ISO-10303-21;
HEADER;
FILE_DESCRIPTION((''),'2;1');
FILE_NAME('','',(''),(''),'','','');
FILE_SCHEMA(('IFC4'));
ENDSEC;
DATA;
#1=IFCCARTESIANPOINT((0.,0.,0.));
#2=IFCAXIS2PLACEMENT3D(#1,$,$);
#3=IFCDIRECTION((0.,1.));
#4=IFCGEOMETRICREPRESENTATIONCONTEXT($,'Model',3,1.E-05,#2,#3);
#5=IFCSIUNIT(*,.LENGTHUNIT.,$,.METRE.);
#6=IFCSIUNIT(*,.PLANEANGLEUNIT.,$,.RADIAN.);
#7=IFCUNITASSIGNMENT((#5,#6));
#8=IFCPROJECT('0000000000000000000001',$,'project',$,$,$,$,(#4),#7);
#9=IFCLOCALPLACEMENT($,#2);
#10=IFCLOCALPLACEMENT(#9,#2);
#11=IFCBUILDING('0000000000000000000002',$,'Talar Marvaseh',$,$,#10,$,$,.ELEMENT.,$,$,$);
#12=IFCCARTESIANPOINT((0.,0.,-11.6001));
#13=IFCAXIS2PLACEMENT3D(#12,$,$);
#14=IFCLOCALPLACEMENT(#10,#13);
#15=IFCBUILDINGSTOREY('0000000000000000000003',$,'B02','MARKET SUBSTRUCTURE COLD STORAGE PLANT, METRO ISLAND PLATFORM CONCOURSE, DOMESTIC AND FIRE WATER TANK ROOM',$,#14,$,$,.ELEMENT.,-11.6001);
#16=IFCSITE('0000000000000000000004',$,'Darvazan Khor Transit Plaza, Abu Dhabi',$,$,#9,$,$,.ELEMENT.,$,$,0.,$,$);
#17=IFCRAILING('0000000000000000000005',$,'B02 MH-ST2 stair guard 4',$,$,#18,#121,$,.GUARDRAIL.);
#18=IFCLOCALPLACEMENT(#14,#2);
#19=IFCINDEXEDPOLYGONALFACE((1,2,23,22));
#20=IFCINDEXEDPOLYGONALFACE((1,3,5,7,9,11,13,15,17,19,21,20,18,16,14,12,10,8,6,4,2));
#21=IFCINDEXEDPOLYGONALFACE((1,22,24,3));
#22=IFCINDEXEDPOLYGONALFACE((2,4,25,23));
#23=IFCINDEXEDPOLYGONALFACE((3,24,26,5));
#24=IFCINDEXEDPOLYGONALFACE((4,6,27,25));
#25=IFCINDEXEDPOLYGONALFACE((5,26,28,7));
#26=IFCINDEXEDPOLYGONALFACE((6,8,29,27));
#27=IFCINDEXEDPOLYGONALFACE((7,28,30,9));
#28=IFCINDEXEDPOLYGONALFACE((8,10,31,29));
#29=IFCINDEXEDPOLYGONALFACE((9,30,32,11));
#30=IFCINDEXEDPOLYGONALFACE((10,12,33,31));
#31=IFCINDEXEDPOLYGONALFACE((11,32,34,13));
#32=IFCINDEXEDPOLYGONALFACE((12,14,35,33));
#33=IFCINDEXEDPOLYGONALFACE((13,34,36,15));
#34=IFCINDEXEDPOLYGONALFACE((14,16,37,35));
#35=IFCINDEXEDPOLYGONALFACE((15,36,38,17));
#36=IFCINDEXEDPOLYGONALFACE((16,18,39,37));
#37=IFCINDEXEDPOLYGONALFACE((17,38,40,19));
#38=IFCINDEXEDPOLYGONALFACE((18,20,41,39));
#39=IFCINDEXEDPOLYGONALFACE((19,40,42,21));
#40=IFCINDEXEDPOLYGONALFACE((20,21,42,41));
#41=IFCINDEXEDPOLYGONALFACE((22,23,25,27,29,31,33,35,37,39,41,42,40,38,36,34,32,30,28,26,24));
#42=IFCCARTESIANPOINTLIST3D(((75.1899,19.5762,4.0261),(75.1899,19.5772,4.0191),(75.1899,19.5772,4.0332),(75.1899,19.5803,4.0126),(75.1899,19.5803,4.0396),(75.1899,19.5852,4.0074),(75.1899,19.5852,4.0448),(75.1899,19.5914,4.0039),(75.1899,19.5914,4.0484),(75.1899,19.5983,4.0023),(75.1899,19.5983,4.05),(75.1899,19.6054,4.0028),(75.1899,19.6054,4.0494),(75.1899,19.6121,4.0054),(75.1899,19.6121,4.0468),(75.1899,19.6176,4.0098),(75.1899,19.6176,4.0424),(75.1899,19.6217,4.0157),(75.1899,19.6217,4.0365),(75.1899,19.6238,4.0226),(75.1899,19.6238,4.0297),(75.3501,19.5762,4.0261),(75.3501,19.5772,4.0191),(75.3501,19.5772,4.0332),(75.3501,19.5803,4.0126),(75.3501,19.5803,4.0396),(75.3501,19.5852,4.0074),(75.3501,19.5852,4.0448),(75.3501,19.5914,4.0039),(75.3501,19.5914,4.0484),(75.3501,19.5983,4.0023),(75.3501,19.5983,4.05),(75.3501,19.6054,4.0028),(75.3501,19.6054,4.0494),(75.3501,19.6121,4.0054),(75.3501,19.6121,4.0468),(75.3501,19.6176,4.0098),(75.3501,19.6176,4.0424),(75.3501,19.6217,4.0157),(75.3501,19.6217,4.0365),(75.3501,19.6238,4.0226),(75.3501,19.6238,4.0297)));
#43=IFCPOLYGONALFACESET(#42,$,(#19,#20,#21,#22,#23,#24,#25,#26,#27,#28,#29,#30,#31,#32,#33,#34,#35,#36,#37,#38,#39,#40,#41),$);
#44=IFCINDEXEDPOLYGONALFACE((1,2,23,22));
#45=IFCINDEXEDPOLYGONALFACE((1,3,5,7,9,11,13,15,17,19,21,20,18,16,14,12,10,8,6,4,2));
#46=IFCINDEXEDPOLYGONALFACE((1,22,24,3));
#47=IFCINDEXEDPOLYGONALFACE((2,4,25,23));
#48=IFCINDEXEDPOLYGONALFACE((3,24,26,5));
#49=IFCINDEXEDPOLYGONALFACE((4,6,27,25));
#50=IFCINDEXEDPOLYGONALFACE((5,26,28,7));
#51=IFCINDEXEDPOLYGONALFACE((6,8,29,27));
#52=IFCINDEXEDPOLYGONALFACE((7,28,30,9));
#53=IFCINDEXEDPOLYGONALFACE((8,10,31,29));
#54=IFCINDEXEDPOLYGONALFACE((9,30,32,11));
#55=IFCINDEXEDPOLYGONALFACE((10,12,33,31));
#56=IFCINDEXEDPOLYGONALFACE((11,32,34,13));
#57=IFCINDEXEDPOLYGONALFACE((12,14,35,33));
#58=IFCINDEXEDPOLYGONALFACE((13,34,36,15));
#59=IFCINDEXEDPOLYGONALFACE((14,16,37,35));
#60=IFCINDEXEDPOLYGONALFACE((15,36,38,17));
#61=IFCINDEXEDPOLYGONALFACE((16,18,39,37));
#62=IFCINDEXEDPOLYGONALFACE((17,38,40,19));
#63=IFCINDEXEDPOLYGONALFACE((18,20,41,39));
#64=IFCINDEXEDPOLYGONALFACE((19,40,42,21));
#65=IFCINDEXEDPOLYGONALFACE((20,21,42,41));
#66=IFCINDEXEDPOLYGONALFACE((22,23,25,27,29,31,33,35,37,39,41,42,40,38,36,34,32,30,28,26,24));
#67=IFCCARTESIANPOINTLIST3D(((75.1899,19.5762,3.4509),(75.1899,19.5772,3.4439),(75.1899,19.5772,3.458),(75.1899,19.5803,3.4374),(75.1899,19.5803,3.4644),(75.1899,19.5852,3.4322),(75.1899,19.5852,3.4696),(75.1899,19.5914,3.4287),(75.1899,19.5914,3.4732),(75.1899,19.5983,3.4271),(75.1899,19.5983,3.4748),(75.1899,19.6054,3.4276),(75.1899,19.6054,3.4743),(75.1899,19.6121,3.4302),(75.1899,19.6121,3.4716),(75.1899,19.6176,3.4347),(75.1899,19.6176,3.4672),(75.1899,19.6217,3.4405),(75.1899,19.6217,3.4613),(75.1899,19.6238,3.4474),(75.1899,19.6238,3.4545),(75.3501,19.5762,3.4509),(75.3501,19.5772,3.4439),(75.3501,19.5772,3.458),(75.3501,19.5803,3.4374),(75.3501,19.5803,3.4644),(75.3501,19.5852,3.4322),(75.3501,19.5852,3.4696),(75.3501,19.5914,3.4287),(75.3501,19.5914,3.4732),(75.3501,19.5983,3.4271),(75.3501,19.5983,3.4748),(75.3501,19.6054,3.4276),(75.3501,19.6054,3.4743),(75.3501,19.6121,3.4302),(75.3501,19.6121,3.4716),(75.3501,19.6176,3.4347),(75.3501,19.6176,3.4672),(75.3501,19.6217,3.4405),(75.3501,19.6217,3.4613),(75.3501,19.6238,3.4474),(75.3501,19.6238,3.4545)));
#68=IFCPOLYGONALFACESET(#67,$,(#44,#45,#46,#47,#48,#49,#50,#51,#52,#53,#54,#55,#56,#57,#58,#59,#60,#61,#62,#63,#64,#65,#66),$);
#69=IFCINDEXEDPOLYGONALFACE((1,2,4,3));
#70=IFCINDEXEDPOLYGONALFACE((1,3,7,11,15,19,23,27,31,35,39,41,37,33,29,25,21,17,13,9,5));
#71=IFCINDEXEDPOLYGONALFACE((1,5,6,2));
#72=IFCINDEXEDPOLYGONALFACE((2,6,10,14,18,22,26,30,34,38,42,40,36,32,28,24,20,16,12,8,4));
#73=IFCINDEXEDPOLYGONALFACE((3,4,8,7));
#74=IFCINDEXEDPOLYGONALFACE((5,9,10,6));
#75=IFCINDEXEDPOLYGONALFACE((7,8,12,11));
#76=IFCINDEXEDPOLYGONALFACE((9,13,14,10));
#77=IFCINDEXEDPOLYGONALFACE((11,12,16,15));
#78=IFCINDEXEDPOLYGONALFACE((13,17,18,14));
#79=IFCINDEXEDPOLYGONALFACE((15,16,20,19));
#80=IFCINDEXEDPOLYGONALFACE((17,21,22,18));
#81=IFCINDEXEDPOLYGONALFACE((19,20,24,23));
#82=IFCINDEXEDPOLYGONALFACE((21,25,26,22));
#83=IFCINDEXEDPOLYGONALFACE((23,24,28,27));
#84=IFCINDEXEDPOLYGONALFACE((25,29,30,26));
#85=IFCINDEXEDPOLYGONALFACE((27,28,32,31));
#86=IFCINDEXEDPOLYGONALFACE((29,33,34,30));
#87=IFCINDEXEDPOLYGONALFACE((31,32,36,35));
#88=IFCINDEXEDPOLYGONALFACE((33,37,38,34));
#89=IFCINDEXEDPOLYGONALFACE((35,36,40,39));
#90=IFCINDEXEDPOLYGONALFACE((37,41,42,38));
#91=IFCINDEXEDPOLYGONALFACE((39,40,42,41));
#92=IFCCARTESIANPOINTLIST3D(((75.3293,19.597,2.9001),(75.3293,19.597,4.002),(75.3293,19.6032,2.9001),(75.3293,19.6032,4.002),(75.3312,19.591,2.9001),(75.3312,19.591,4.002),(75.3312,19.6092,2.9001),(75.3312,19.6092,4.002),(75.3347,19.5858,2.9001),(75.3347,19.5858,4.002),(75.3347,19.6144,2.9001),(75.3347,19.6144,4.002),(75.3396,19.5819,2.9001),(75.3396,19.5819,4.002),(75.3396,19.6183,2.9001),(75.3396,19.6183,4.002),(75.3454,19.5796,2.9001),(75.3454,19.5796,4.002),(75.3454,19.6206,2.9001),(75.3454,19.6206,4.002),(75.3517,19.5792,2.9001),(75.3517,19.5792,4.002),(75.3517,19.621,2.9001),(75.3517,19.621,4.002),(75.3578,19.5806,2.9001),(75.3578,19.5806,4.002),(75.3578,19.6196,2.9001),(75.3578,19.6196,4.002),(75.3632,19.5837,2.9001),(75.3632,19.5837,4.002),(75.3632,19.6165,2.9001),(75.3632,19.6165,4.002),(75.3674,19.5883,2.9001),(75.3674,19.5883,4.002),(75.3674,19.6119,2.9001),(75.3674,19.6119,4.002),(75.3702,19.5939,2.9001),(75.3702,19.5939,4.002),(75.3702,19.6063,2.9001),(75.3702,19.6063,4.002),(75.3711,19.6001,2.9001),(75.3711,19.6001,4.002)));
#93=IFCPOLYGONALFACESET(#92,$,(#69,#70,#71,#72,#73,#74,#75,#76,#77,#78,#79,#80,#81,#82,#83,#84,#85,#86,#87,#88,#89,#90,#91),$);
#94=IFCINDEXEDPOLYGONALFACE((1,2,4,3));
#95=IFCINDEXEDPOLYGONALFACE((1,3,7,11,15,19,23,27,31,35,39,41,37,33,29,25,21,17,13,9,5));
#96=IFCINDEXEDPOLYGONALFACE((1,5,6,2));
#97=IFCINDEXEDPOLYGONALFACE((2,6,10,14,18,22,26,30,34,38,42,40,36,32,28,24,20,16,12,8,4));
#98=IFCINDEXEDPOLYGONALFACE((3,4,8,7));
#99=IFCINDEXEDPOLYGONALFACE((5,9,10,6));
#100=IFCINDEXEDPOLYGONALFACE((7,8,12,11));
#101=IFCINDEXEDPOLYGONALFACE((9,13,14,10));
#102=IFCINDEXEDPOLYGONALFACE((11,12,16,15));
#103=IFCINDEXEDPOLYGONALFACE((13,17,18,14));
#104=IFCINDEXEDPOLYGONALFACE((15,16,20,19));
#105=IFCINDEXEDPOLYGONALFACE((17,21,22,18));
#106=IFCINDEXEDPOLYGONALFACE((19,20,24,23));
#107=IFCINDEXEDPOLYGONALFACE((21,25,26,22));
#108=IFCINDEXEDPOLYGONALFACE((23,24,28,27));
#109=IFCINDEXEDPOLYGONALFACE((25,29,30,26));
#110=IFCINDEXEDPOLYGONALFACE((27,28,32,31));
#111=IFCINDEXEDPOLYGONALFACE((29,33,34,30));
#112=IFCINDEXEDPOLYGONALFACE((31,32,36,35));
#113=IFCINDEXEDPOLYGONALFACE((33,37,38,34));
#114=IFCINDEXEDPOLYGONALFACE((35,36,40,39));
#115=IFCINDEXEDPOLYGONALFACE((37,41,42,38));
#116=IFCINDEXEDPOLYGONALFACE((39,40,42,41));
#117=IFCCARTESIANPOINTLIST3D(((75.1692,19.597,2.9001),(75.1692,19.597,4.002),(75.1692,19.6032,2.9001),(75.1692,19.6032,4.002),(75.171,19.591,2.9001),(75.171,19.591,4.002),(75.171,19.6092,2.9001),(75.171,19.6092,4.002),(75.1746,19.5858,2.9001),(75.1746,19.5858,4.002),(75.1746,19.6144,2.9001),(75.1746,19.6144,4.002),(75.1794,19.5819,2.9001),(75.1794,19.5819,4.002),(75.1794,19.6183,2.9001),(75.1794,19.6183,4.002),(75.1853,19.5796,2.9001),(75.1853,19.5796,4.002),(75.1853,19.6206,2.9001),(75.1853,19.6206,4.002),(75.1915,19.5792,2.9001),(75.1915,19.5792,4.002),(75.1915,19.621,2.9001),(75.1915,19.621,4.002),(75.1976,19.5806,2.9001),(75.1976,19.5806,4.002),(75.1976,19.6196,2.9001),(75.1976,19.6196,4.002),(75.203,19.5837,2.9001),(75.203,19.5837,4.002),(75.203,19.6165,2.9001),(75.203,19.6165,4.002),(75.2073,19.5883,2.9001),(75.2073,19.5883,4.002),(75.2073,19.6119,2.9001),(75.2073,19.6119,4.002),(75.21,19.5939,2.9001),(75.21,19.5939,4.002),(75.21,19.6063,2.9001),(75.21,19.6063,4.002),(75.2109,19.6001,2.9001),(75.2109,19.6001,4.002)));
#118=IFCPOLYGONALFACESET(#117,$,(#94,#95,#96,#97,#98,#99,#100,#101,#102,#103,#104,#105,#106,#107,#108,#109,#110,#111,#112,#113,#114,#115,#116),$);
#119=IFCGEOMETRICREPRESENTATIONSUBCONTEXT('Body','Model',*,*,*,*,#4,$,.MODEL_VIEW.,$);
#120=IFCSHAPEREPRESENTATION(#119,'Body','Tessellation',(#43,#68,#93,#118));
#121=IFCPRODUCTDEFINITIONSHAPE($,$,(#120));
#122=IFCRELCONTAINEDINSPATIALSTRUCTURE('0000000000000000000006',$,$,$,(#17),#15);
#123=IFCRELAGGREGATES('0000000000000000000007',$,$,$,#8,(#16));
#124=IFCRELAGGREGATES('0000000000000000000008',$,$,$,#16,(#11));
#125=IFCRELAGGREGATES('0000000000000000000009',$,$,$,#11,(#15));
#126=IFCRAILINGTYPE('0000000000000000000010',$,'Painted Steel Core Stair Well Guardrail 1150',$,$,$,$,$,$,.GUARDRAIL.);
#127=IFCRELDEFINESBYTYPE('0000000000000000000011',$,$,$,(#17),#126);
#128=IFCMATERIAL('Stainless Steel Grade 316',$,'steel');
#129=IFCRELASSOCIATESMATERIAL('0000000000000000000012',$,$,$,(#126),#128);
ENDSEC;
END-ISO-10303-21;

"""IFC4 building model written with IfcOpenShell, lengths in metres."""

from ifc_helpers import new_model, si_unit, direction, frame, origin, origin_2d, place, context, subcontext, project, spatial, circle, extrude, material, type_object, element, save


model = new_model("IFC4")

# Units and contexts
model_context = context("Model", 3, precision=1e-05, world=origin(), true_north=direction((0.0, 1.0)))
body_context = subcontext(model_context, "Body", "Model", "MODEL_VIEW")
ifc_project = project(units=[si_unit("LENGTHUNIT", "METRE"), si_unit("PLANEANGLEUNIT", "RADIAN")], contexts=[model_context])

# Site, building, storey
site_placement = place(None, origin())
site = spatial("IfcSite", under=ifc_project, at=site_placement, Name="Darvazan Khor Transit Plaza, Abu Dhabi", CompositionType="ELEMENT", RefElevation=0.0)
building_placement = place(site_placement, origin())
building = spatial("IfcBuilding", under=site, at=building_placement, Name="Talar Marvaseh", CompositionType="ELEMENT")
storey_placement = place(building_placement, frame((0.0, 0.0, -11.6001)))
storey = spatial("IfcBuildingStorey", under=building, at=storey_placement, Name="B02", Description="MARKET SUBSTRUCTURE COLD STORAGE PLANT, METRO ISLAND PLATFORM CONCOURSE, DOMESTIC AND FIRE WATER TANK ROOM", CompositionType="ELEMENT", Elevation=-11.6001)

# Railing
ifc_material_1 = material(Name="Stainless Steel Grade 316", Category="steel")
railing_type_1 = type_object("IfcRailingType", Name="Painted Steel Core Stair Well Guardrail 1150", PredefinedType="GUARDRAIL", material=ifc_material_1)
for number, where, name in (
    (1, (75.3501, 19.6001, 2.9001), "B02 MH-ST2 stair guard 4"),
):
    element("IfcRailing", number, at=place(storey_placement, frame(where)), inside=storey, type_object=railing_type_1, Name=name, PredefinedType="GUARDRAIL", context=body_context, shape_type="SweptSolid", body=[
        extrude(circle(Radius=0.0239, at=origin_2d()), frame((0.0, 0.0, 1.126), z_axis=(-1.0, 0.0, 0.0), x_axis=(0.0, -1.0, 0.0)), (0.0, 0.0, 1.0), 0.1602),
        extrude(circle(Radius=0.0239, at=origin_2d()), frame((0.0, 0.0, 0.5508), z_axis=(-1.0, 0.0, 0.0), x_axis=(0.0, -1.0, 0.0)), (0.0, 0.0, 1.0), 0.1602),
        extrude(circle(Radius=0.021, at=origin_2d()), origin(), (0.0, 0.0, 1.0), 1.1018),
        extrude(circle(Radius=0.021, at=origin_2d()), frame((-0.1602, 0.0, 0.0)), (0.0, 0.0, 1.0), 1.1018),
    ])

save(model, "model.ifc")
